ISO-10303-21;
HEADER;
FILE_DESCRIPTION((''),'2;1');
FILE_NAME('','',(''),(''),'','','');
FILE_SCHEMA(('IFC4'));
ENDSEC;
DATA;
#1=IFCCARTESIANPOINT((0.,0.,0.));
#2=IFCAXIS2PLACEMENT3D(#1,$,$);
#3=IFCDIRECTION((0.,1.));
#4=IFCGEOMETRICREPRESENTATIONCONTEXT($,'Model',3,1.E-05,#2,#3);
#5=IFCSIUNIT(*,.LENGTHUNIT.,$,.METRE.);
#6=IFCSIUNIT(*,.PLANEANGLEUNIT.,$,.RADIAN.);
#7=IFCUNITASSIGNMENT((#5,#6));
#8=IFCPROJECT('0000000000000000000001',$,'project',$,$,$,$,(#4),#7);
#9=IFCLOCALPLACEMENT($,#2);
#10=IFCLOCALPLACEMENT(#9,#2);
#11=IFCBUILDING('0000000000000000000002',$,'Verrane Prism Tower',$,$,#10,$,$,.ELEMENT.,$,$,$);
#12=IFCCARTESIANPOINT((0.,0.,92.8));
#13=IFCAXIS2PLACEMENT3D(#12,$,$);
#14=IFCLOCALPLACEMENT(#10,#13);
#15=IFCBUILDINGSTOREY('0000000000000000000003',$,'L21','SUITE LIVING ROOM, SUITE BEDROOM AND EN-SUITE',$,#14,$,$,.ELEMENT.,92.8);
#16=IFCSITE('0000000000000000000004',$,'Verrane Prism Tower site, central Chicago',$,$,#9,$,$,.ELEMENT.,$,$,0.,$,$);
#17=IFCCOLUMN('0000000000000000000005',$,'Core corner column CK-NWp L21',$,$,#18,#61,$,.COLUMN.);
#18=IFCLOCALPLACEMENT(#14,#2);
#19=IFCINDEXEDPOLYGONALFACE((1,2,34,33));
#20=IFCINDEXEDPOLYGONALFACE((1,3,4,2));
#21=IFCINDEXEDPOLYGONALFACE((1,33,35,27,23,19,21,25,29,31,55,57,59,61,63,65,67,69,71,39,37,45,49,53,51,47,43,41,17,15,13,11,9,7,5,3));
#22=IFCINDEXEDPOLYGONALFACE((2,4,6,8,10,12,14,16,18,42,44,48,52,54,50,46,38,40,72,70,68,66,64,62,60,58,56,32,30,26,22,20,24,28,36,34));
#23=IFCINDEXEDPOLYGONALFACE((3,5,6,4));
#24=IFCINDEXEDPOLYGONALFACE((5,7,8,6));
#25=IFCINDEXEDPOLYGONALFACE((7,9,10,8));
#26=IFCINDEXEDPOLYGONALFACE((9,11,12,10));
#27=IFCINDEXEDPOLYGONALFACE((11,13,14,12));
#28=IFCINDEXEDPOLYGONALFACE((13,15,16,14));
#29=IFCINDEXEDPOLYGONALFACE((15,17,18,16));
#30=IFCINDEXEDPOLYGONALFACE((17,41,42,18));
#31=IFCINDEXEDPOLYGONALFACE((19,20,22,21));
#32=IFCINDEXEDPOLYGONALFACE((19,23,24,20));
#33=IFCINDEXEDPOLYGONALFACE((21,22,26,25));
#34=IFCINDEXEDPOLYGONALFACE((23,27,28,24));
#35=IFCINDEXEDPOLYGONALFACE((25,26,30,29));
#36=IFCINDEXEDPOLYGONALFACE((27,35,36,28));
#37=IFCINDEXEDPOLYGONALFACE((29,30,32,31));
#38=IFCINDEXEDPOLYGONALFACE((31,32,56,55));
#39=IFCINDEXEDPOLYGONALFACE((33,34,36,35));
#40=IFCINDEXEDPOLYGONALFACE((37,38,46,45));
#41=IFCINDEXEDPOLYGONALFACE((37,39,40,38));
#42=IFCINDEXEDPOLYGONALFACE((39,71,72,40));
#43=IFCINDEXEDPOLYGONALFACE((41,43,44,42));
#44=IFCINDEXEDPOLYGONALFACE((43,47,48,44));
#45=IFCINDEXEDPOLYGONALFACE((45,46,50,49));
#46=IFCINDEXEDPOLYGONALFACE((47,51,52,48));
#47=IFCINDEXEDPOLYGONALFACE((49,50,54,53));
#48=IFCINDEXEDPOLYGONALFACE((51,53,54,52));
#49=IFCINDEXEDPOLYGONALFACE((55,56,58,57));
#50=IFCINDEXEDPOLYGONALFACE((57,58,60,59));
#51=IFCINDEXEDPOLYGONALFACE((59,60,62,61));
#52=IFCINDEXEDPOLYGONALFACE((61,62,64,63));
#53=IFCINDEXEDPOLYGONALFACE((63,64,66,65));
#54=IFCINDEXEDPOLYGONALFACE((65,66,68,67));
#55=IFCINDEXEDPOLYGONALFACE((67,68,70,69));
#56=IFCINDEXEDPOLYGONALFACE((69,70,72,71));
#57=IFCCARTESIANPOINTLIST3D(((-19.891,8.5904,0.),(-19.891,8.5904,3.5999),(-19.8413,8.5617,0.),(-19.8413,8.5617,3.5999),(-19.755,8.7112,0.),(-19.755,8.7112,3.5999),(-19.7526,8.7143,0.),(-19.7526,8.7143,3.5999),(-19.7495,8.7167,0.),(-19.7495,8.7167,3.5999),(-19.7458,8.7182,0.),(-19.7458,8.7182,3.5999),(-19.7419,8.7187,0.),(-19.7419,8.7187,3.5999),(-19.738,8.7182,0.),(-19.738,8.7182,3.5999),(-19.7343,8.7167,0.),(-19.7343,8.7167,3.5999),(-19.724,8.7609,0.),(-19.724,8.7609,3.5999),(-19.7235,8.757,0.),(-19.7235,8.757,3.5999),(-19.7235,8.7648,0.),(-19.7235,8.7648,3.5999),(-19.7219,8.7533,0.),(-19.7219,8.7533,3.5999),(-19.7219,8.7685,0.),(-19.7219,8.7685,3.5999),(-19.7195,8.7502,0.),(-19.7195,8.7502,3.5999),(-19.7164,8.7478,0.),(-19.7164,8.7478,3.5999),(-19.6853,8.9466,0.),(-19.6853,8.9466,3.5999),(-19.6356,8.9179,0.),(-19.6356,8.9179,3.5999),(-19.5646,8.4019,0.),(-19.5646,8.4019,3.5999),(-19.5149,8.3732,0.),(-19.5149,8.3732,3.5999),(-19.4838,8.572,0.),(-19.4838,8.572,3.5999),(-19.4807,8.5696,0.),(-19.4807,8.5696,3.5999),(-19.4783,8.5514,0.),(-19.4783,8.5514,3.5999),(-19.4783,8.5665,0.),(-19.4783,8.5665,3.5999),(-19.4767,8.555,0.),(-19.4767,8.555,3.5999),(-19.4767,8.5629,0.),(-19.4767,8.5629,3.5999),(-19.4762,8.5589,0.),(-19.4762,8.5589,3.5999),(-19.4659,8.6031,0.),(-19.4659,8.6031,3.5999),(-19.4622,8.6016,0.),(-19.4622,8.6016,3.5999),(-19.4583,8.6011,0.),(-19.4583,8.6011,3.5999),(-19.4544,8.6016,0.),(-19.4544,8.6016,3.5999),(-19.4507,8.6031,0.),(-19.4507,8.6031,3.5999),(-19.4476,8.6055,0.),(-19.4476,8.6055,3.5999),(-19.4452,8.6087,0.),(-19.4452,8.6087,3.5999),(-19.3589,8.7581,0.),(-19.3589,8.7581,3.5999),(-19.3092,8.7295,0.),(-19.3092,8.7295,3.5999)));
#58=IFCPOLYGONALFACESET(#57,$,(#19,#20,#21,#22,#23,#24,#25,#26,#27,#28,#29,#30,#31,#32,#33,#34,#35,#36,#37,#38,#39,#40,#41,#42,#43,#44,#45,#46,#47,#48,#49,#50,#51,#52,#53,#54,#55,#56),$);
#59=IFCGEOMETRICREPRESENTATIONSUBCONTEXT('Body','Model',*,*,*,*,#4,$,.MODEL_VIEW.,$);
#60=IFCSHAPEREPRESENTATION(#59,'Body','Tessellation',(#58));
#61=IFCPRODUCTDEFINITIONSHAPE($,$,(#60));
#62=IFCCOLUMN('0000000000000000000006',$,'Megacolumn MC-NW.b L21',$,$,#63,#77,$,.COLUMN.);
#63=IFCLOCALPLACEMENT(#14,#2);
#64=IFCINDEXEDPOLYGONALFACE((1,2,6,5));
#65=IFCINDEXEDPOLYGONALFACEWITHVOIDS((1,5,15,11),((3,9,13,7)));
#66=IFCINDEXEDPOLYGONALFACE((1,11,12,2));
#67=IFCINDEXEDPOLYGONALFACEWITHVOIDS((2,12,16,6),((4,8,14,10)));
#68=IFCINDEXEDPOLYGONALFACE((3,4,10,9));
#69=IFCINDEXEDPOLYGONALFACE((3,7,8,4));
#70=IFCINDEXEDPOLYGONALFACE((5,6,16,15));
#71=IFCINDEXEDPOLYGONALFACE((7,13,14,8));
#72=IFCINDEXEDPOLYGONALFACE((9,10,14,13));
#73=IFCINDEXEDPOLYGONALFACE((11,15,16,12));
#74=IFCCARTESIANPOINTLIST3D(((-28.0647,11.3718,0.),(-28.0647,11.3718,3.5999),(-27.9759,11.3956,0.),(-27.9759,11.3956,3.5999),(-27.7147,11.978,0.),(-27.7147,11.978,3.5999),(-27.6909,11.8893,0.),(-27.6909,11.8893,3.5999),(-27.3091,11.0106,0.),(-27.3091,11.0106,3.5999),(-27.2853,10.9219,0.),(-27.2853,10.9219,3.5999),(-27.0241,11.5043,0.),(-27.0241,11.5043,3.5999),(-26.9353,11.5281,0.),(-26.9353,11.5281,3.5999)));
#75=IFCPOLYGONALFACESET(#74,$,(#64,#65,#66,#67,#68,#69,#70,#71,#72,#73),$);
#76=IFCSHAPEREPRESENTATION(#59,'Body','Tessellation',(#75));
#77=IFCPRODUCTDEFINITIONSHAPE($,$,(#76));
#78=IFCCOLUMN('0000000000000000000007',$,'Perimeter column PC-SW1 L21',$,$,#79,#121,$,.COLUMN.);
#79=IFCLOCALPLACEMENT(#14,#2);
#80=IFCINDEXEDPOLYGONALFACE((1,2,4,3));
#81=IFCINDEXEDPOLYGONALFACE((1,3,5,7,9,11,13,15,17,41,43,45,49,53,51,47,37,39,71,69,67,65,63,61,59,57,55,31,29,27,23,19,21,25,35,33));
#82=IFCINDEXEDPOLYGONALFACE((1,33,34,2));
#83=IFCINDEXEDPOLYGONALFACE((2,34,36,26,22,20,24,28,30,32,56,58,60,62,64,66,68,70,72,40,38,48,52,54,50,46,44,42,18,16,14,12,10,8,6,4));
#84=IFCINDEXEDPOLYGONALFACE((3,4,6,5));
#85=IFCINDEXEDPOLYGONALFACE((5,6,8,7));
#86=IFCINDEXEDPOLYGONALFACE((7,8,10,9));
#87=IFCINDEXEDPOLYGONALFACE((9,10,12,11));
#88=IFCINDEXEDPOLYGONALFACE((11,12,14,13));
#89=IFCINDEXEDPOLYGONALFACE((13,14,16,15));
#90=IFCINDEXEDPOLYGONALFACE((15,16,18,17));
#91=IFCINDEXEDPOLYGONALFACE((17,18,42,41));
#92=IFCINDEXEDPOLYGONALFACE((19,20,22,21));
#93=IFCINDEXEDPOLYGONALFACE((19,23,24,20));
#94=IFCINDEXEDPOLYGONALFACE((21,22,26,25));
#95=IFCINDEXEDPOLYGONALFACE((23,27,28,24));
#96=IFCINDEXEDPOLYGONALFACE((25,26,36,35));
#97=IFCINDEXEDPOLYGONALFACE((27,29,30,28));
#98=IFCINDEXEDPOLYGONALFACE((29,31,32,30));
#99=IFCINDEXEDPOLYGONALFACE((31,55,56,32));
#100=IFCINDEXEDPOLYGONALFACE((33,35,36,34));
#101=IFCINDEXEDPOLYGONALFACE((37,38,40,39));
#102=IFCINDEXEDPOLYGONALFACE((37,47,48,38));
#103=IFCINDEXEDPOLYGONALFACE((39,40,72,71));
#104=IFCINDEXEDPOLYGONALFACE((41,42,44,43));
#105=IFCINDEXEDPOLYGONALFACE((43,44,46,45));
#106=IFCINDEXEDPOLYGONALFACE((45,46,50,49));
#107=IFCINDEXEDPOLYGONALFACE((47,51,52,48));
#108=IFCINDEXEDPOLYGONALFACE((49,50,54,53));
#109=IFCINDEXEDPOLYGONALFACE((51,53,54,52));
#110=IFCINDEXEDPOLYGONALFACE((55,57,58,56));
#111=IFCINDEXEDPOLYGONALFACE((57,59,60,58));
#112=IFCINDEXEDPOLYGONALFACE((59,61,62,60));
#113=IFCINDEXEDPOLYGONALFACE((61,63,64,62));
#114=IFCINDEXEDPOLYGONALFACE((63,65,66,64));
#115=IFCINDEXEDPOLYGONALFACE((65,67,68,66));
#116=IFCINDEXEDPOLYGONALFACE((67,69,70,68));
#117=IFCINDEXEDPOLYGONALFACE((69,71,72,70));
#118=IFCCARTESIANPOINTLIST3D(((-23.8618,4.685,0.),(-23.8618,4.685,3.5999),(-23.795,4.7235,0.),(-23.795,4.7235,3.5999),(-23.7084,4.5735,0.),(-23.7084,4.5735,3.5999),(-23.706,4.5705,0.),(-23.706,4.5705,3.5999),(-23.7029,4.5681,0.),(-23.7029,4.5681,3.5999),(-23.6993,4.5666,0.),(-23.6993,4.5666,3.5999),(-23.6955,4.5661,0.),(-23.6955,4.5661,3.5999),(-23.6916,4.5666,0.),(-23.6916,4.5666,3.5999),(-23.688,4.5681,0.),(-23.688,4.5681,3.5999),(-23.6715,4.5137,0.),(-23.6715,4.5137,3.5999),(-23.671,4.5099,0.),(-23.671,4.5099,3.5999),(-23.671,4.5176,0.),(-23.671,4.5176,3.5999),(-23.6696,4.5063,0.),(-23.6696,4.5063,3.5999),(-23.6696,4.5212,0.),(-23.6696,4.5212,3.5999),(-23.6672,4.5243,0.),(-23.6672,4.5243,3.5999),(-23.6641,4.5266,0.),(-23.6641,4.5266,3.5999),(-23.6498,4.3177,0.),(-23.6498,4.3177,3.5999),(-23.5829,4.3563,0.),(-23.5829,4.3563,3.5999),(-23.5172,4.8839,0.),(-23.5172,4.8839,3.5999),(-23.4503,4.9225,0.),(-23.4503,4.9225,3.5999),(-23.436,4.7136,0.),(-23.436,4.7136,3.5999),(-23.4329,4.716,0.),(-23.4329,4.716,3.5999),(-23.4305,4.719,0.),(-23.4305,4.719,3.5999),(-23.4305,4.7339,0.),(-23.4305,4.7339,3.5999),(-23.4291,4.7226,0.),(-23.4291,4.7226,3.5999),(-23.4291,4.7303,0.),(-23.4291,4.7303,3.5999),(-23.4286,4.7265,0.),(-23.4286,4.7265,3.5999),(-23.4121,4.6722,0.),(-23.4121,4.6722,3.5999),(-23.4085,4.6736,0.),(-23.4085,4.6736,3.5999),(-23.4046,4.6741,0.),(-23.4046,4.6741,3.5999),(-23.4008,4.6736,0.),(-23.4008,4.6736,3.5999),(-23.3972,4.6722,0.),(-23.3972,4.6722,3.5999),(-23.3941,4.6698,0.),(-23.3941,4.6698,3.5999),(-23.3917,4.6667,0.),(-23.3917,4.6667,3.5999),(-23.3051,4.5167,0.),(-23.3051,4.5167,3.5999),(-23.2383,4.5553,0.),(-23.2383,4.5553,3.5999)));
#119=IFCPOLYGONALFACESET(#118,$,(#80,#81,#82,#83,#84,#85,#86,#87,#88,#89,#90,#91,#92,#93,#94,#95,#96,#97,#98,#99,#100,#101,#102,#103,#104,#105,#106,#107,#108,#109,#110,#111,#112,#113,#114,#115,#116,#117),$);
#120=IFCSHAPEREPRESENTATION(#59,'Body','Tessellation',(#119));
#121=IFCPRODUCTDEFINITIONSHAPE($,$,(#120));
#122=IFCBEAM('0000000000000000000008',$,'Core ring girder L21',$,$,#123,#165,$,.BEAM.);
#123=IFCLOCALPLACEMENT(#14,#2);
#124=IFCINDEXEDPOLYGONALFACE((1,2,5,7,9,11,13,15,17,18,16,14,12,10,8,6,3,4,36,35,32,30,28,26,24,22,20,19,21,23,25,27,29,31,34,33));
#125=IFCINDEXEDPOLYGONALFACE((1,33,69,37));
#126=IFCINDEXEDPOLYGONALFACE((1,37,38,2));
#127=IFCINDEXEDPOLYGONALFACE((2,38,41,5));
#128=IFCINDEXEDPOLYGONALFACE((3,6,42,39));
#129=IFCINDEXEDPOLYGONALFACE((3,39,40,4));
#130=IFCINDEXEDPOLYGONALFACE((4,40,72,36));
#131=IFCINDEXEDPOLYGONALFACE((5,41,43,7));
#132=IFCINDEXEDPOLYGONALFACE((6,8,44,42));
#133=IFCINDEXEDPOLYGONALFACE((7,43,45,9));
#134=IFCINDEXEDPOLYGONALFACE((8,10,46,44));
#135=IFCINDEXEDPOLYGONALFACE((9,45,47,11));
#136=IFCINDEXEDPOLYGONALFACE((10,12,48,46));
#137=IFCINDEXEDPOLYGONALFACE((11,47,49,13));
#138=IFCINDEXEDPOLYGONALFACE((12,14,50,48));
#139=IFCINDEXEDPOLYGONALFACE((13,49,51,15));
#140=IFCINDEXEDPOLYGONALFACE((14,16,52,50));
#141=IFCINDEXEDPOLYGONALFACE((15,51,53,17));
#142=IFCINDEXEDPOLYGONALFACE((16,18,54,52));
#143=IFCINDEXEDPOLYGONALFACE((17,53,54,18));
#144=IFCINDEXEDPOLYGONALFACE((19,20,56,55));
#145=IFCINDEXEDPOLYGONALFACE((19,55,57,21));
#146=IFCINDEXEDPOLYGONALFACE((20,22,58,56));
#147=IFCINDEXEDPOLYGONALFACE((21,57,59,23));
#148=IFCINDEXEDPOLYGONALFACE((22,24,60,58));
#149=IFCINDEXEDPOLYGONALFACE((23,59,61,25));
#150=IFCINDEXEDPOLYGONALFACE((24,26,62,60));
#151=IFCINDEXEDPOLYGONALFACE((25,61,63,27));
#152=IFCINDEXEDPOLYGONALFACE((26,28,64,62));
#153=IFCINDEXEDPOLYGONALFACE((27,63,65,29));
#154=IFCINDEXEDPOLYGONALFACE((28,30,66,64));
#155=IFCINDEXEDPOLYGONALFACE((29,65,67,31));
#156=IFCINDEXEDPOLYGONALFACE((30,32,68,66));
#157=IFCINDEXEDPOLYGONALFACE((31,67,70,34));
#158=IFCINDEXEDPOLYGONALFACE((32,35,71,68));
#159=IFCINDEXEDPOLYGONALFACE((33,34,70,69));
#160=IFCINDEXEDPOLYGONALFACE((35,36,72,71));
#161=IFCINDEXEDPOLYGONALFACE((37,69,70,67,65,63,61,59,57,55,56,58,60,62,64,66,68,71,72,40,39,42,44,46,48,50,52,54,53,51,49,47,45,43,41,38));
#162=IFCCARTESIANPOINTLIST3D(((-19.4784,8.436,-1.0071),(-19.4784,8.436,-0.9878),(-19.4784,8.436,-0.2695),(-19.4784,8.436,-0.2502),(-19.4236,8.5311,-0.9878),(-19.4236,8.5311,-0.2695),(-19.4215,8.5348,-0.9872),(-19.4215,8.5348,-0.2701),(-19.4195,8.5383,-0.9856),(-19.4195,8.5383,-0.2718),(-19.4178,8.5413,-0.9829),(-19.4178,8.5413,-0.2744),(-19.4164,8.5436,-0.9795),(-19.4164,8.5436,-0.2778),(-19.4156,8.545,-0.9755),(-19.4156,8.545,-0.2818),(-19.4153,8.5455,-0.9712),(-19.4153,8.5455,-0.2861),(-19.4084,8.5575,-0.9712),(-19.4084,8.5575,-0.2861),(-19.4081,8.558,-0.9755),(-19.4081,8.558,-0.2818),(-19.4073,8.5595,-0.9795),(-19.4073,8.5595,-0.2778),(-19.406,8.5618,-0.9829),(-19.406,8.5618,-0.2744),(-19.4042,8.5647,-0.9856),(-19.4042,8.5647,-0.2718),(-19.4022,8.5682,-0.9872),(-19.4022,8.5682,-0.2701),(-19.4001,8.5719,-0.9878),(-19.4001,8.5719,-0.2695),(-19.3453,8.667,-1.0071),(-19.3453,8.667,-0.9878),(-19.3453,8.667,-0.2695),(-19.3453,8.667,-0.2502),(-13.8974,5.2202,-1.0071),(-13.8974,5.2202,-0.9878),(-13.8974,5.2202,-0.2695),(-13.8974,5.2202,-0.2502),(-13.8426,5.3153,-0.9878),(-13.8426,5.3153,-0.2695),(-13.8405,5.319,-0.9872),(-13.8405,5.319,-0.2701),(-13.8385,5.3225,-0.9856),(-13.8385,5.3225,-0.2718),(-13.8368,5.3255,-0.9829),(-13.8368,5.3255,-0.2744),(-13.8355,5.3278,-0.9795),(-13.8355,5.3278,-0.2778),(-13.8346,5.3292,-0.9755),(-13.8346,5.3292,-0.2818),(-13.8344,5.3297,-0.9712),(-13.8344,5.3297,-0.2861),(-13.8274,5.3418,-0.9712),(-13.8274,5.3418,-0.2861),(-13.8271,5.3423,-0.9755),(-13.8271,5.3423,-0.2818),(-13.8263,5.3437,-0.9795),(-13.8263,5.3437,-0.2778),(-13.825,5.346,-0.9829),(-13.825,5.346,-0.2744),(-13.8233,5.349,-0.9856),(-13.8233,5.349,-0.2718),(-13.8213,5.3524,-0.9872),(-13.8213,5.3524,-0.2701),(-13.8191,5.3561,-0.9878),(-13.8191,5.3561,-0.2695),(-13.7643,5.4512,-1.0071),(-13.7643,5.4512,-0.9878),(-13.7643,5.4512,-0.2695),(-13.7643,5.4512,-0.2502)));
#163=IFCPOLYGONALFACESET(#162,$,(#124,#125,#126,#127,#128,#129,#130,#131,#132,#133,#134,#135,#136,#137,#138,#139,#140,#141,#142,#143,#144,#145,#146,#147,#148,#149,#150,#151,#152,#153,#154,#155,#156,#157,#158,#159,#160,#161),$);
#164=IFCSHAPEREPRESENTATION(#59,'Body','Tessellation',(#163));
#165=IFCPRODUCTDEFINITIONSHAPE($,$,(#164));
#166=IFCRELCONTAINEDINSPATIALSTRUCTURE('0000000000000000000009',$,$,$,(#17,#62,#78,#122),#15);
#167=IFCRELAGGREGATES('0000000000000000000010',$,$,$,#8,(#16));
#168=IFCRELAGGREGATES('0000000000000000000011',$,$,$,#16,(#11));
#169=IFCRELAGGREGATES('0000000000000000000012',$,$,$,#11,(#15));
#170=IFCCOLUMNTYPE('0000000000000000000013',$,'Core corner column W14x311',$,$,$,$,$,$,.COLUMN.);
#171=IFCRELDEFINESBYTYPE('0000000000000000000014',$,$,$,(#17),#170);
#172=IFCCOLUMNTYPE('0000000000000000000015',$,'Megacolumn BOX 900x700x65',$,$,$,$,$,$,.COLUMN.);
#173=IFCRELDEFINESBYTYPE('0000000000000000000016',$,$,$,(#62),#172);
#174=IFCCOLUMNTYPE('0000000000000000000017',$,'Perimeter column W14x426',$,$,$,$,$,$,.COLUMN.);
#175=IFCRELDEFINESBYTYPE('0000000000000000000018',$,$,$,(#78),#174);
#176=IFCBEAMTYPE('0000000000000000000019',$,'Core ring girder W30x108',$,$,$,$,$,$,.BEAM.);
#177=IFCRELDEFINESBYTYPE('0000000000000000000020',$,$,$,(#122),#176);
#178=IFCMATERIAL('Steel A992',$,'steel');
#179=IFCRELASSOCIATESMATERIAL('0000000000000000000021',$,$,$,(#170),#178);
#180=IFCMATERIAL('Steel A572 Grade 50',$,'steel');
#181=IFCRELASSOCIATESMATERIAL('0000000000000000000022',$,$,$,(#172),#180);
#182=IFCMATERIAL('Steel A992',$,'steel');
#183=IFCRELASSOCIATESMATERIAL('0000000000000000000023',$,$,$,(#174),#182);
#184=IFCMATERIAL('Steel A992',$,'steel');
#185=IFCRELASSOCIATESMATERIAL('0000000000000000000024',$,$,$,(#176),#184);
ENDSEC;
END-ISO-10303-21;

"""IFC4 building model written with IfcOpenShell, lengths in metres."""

from ifc_helpers import new_model, si_unit, direction, frame, origin, origin_2d, place, context, subcontext, project, spatial, hollow_rectangle, i_section, extrude, material, material_profile, profile_set, type_object, element, save


model = new_model("IFC4")

# Units and contexts
model_context = context("Model", 3, precision=1e-05, world=origin(), true_north=direction((0.0, 1.0)))
body_context = subcontext(model_context, "Body", "Model", "MODEL_VIEW")
ifc_project = project(units=[si_unit("LENGTHUNIT", "METRE"), si_unit("PLANEANGLEUNIT", "RADIAN")], contexts=[model_context])

# Site, building, storey
site_placement = place(None, origin())
site = spatial("IfcSite", under=ifc_project, at=site_placement, Name="Verrane Prism Tower site, central Chicago", CompositionType="ELEMENT", RefElevation=0.0)
building_placement = place(site_placement, origin())
building = spatial("IfcBuilding", under=site, at=building_placement, Name="Verrane Prism Tower", CompositionType="ELEMENT")
storey_placement = place(building_placement, frame((0.0, 0.0, 92.8)))
storey = spatial("IfcBuildingStorey", under=building, at=storey_placement, Name="L21", Description="SUITE LIVING ROOM, SUITE BEDROOM AND EN-SUITE", CompositionType="ELEMENT", Elevation=92.8)

# Columns
ifc_material_1 = material(Name="Steel A992", Category="steel")
ifc_material_profile_1 = material_profile(ifc_material_1, i_section(OverallWidth=0.4114, OverallDepth=0.4343, WebThickness=0.0359, FlangeThickness=0.0574, FilletRadius=0.0151, at=origin_2d()), Name="W14x311")
ifc_profile_set_1 = profile_set([ifc_material_profile_1], Name="Steel A992")
column_type_1 = type_object("IfcColumnType", Name="Core corner column W14x311", PredefinedType="COLUMN", material=ifc_profile_set_1)
column_1_placement = place(storey_placement, frame((-19.6001, 8.6599, 0.0), z_axis=(0.0, 0.0, 1.0), x_axis=(0.5, 0.866025, 0.0)))
element("IfcColumn", 1, at=column_1_placement, inside=storey, type_object=column_type_1, Name="Core corner column CK-NWp L21", PredefinedType="COLUMN", context=body_context, shape_type="SweptSolid", body=[
    extrude(i_section(OverallWidth=0.4114, OverallDepth=0.4343, WebThickness=0.0359, FlangeThickness=0.0574, FilletRadius=0.0151, at=origin_2d()), origin(), (0.0, 0.0, 1.0), 3.5999),
])
ifc_material_2 = material(Name="Steel A572 Grade 50", Category="steel")
ifc_material_profile_2 = material_profile(ifc_material_2, hollow_rectangle(XDim=0.7, YDim=0.8999, WallThickness=0.0649, at=origin_2d()), Name="BOX 900x700x65")
ifc_profile_set_2 = profile_set([ifc_material_profile_2], Name="Steel A572 Grade 50")
column_type_2 = type_object("IfcColumnType", Name="Megacolumn BOX 900x700x65", PredefinedType="COLUMN", material=ifc_profile_set_2)
column_2_placement = place(storey_placement, frame((-27.5, 11.45, 0.0), z_axis=(0.0, 0.0, 1.0), x_axis=(0.5, 0.866025, 0.0)))
element("IfcColumn", 2, at=column_2_placement, inside=storey, type_object=column_type_2, Name="Megacolumn MC-NW.b L21", PredefinedType="COLUMN", context=body_context, shape_type="SweptSolid", body=[
    extrude(hollow_rectangle(XDim=0.7, YDim=0.8999, WallThickness=0.0649, at=origin_2d()), origin(), (0.0, 0.0, 1.0), 3.5999),
])
ifc_material_3 = material(Name="Steel A992", Category="steel")
ifc_material_profile_3 = material_profile(ifc_material_3, i_section(OverallWidth=0.4241, OverallDepth=0.4751, WebThickness=0.0479, FlangeThickness=0.0771, FilletRadius=0.0149, at=origin_2d()), Name="W14x426")
ifc_profile_set_3 = profile_set([ifc_material_profile_3], Name="Steel A992")
column_type_3 = type_object("IfcColumnType", Name="Perimeter column W14x426", PredefinedType="COLUMN", material=ifc_profile_set_3)
column_3_placement = place(storey_placement, frame((-23.55, 4.6201, 0.0), z_axis=(0.0, 0.0, 1.0), x_axis=(-0.5, 0.866025, 0.0)))
element("IfcColumn", 3, at=column_3_placement, inside=storey, type_object=column_type_3, Name="Perimeter column PC-SW1 L21", PredefinedType="COLUMN", context=body_context, shape_type="SweptSolid", body=[
    extrude(i_section(OverallWidth=0.4241, OverallDepth=0.4751, WebThickness=0.0479, FlangeThickness=0.0771, FilletRadius=0.0149, at=origin_2d()), origin(), (0.0, 0.0, 1.0), 3.5999),
])

# Beam
ifc_material_4 = material(Name="Steel A992", Category="steel")
ifc_material_profile_4 = material_profile(ifc_material_4, i_section(OverallWidth=0.2666, OverallDepth=0.7568, WebThickness=0.0139, FlangeThickness=0.0193, FilletRadius=0.0166, at=origin_2d()), Name="W30x108")
ifc_profile_set_4 = profile_set([ifc_material_profile_4], Name="Steel A992")
beam_type_1 = type_object("IfcBeamType", Name="Core ring girder W30x108", PredefinedType="BEAM", material=ifc_profile_set_4)
beam_1_placement = place(storey_placement, frame((-19.4119, 8.5515, -0.6287), z_axis=(0.866456, -0.499254, 0.0), x_axis=(0.499254, 0.866456, 0.0)))
element("IfcBeam", 4, at=beam_1_placement, inside=storey, type_object=beam_type_1, Name="Core ring girder L21", PredefinedType="BEAM", context=body_context, shape_type="SweptSolid", body=[
    extrude(i_section(OverallWidth=0.2666, OverallDepth=0.7568, WebThickness=0.0139, FlangeThickness=0.0193, FilletRadius=0.0166, at=origin_2d()), origin(), (0.0, 0.0, 1.0), 6.4412),
])

save(model, "model.ifc")
